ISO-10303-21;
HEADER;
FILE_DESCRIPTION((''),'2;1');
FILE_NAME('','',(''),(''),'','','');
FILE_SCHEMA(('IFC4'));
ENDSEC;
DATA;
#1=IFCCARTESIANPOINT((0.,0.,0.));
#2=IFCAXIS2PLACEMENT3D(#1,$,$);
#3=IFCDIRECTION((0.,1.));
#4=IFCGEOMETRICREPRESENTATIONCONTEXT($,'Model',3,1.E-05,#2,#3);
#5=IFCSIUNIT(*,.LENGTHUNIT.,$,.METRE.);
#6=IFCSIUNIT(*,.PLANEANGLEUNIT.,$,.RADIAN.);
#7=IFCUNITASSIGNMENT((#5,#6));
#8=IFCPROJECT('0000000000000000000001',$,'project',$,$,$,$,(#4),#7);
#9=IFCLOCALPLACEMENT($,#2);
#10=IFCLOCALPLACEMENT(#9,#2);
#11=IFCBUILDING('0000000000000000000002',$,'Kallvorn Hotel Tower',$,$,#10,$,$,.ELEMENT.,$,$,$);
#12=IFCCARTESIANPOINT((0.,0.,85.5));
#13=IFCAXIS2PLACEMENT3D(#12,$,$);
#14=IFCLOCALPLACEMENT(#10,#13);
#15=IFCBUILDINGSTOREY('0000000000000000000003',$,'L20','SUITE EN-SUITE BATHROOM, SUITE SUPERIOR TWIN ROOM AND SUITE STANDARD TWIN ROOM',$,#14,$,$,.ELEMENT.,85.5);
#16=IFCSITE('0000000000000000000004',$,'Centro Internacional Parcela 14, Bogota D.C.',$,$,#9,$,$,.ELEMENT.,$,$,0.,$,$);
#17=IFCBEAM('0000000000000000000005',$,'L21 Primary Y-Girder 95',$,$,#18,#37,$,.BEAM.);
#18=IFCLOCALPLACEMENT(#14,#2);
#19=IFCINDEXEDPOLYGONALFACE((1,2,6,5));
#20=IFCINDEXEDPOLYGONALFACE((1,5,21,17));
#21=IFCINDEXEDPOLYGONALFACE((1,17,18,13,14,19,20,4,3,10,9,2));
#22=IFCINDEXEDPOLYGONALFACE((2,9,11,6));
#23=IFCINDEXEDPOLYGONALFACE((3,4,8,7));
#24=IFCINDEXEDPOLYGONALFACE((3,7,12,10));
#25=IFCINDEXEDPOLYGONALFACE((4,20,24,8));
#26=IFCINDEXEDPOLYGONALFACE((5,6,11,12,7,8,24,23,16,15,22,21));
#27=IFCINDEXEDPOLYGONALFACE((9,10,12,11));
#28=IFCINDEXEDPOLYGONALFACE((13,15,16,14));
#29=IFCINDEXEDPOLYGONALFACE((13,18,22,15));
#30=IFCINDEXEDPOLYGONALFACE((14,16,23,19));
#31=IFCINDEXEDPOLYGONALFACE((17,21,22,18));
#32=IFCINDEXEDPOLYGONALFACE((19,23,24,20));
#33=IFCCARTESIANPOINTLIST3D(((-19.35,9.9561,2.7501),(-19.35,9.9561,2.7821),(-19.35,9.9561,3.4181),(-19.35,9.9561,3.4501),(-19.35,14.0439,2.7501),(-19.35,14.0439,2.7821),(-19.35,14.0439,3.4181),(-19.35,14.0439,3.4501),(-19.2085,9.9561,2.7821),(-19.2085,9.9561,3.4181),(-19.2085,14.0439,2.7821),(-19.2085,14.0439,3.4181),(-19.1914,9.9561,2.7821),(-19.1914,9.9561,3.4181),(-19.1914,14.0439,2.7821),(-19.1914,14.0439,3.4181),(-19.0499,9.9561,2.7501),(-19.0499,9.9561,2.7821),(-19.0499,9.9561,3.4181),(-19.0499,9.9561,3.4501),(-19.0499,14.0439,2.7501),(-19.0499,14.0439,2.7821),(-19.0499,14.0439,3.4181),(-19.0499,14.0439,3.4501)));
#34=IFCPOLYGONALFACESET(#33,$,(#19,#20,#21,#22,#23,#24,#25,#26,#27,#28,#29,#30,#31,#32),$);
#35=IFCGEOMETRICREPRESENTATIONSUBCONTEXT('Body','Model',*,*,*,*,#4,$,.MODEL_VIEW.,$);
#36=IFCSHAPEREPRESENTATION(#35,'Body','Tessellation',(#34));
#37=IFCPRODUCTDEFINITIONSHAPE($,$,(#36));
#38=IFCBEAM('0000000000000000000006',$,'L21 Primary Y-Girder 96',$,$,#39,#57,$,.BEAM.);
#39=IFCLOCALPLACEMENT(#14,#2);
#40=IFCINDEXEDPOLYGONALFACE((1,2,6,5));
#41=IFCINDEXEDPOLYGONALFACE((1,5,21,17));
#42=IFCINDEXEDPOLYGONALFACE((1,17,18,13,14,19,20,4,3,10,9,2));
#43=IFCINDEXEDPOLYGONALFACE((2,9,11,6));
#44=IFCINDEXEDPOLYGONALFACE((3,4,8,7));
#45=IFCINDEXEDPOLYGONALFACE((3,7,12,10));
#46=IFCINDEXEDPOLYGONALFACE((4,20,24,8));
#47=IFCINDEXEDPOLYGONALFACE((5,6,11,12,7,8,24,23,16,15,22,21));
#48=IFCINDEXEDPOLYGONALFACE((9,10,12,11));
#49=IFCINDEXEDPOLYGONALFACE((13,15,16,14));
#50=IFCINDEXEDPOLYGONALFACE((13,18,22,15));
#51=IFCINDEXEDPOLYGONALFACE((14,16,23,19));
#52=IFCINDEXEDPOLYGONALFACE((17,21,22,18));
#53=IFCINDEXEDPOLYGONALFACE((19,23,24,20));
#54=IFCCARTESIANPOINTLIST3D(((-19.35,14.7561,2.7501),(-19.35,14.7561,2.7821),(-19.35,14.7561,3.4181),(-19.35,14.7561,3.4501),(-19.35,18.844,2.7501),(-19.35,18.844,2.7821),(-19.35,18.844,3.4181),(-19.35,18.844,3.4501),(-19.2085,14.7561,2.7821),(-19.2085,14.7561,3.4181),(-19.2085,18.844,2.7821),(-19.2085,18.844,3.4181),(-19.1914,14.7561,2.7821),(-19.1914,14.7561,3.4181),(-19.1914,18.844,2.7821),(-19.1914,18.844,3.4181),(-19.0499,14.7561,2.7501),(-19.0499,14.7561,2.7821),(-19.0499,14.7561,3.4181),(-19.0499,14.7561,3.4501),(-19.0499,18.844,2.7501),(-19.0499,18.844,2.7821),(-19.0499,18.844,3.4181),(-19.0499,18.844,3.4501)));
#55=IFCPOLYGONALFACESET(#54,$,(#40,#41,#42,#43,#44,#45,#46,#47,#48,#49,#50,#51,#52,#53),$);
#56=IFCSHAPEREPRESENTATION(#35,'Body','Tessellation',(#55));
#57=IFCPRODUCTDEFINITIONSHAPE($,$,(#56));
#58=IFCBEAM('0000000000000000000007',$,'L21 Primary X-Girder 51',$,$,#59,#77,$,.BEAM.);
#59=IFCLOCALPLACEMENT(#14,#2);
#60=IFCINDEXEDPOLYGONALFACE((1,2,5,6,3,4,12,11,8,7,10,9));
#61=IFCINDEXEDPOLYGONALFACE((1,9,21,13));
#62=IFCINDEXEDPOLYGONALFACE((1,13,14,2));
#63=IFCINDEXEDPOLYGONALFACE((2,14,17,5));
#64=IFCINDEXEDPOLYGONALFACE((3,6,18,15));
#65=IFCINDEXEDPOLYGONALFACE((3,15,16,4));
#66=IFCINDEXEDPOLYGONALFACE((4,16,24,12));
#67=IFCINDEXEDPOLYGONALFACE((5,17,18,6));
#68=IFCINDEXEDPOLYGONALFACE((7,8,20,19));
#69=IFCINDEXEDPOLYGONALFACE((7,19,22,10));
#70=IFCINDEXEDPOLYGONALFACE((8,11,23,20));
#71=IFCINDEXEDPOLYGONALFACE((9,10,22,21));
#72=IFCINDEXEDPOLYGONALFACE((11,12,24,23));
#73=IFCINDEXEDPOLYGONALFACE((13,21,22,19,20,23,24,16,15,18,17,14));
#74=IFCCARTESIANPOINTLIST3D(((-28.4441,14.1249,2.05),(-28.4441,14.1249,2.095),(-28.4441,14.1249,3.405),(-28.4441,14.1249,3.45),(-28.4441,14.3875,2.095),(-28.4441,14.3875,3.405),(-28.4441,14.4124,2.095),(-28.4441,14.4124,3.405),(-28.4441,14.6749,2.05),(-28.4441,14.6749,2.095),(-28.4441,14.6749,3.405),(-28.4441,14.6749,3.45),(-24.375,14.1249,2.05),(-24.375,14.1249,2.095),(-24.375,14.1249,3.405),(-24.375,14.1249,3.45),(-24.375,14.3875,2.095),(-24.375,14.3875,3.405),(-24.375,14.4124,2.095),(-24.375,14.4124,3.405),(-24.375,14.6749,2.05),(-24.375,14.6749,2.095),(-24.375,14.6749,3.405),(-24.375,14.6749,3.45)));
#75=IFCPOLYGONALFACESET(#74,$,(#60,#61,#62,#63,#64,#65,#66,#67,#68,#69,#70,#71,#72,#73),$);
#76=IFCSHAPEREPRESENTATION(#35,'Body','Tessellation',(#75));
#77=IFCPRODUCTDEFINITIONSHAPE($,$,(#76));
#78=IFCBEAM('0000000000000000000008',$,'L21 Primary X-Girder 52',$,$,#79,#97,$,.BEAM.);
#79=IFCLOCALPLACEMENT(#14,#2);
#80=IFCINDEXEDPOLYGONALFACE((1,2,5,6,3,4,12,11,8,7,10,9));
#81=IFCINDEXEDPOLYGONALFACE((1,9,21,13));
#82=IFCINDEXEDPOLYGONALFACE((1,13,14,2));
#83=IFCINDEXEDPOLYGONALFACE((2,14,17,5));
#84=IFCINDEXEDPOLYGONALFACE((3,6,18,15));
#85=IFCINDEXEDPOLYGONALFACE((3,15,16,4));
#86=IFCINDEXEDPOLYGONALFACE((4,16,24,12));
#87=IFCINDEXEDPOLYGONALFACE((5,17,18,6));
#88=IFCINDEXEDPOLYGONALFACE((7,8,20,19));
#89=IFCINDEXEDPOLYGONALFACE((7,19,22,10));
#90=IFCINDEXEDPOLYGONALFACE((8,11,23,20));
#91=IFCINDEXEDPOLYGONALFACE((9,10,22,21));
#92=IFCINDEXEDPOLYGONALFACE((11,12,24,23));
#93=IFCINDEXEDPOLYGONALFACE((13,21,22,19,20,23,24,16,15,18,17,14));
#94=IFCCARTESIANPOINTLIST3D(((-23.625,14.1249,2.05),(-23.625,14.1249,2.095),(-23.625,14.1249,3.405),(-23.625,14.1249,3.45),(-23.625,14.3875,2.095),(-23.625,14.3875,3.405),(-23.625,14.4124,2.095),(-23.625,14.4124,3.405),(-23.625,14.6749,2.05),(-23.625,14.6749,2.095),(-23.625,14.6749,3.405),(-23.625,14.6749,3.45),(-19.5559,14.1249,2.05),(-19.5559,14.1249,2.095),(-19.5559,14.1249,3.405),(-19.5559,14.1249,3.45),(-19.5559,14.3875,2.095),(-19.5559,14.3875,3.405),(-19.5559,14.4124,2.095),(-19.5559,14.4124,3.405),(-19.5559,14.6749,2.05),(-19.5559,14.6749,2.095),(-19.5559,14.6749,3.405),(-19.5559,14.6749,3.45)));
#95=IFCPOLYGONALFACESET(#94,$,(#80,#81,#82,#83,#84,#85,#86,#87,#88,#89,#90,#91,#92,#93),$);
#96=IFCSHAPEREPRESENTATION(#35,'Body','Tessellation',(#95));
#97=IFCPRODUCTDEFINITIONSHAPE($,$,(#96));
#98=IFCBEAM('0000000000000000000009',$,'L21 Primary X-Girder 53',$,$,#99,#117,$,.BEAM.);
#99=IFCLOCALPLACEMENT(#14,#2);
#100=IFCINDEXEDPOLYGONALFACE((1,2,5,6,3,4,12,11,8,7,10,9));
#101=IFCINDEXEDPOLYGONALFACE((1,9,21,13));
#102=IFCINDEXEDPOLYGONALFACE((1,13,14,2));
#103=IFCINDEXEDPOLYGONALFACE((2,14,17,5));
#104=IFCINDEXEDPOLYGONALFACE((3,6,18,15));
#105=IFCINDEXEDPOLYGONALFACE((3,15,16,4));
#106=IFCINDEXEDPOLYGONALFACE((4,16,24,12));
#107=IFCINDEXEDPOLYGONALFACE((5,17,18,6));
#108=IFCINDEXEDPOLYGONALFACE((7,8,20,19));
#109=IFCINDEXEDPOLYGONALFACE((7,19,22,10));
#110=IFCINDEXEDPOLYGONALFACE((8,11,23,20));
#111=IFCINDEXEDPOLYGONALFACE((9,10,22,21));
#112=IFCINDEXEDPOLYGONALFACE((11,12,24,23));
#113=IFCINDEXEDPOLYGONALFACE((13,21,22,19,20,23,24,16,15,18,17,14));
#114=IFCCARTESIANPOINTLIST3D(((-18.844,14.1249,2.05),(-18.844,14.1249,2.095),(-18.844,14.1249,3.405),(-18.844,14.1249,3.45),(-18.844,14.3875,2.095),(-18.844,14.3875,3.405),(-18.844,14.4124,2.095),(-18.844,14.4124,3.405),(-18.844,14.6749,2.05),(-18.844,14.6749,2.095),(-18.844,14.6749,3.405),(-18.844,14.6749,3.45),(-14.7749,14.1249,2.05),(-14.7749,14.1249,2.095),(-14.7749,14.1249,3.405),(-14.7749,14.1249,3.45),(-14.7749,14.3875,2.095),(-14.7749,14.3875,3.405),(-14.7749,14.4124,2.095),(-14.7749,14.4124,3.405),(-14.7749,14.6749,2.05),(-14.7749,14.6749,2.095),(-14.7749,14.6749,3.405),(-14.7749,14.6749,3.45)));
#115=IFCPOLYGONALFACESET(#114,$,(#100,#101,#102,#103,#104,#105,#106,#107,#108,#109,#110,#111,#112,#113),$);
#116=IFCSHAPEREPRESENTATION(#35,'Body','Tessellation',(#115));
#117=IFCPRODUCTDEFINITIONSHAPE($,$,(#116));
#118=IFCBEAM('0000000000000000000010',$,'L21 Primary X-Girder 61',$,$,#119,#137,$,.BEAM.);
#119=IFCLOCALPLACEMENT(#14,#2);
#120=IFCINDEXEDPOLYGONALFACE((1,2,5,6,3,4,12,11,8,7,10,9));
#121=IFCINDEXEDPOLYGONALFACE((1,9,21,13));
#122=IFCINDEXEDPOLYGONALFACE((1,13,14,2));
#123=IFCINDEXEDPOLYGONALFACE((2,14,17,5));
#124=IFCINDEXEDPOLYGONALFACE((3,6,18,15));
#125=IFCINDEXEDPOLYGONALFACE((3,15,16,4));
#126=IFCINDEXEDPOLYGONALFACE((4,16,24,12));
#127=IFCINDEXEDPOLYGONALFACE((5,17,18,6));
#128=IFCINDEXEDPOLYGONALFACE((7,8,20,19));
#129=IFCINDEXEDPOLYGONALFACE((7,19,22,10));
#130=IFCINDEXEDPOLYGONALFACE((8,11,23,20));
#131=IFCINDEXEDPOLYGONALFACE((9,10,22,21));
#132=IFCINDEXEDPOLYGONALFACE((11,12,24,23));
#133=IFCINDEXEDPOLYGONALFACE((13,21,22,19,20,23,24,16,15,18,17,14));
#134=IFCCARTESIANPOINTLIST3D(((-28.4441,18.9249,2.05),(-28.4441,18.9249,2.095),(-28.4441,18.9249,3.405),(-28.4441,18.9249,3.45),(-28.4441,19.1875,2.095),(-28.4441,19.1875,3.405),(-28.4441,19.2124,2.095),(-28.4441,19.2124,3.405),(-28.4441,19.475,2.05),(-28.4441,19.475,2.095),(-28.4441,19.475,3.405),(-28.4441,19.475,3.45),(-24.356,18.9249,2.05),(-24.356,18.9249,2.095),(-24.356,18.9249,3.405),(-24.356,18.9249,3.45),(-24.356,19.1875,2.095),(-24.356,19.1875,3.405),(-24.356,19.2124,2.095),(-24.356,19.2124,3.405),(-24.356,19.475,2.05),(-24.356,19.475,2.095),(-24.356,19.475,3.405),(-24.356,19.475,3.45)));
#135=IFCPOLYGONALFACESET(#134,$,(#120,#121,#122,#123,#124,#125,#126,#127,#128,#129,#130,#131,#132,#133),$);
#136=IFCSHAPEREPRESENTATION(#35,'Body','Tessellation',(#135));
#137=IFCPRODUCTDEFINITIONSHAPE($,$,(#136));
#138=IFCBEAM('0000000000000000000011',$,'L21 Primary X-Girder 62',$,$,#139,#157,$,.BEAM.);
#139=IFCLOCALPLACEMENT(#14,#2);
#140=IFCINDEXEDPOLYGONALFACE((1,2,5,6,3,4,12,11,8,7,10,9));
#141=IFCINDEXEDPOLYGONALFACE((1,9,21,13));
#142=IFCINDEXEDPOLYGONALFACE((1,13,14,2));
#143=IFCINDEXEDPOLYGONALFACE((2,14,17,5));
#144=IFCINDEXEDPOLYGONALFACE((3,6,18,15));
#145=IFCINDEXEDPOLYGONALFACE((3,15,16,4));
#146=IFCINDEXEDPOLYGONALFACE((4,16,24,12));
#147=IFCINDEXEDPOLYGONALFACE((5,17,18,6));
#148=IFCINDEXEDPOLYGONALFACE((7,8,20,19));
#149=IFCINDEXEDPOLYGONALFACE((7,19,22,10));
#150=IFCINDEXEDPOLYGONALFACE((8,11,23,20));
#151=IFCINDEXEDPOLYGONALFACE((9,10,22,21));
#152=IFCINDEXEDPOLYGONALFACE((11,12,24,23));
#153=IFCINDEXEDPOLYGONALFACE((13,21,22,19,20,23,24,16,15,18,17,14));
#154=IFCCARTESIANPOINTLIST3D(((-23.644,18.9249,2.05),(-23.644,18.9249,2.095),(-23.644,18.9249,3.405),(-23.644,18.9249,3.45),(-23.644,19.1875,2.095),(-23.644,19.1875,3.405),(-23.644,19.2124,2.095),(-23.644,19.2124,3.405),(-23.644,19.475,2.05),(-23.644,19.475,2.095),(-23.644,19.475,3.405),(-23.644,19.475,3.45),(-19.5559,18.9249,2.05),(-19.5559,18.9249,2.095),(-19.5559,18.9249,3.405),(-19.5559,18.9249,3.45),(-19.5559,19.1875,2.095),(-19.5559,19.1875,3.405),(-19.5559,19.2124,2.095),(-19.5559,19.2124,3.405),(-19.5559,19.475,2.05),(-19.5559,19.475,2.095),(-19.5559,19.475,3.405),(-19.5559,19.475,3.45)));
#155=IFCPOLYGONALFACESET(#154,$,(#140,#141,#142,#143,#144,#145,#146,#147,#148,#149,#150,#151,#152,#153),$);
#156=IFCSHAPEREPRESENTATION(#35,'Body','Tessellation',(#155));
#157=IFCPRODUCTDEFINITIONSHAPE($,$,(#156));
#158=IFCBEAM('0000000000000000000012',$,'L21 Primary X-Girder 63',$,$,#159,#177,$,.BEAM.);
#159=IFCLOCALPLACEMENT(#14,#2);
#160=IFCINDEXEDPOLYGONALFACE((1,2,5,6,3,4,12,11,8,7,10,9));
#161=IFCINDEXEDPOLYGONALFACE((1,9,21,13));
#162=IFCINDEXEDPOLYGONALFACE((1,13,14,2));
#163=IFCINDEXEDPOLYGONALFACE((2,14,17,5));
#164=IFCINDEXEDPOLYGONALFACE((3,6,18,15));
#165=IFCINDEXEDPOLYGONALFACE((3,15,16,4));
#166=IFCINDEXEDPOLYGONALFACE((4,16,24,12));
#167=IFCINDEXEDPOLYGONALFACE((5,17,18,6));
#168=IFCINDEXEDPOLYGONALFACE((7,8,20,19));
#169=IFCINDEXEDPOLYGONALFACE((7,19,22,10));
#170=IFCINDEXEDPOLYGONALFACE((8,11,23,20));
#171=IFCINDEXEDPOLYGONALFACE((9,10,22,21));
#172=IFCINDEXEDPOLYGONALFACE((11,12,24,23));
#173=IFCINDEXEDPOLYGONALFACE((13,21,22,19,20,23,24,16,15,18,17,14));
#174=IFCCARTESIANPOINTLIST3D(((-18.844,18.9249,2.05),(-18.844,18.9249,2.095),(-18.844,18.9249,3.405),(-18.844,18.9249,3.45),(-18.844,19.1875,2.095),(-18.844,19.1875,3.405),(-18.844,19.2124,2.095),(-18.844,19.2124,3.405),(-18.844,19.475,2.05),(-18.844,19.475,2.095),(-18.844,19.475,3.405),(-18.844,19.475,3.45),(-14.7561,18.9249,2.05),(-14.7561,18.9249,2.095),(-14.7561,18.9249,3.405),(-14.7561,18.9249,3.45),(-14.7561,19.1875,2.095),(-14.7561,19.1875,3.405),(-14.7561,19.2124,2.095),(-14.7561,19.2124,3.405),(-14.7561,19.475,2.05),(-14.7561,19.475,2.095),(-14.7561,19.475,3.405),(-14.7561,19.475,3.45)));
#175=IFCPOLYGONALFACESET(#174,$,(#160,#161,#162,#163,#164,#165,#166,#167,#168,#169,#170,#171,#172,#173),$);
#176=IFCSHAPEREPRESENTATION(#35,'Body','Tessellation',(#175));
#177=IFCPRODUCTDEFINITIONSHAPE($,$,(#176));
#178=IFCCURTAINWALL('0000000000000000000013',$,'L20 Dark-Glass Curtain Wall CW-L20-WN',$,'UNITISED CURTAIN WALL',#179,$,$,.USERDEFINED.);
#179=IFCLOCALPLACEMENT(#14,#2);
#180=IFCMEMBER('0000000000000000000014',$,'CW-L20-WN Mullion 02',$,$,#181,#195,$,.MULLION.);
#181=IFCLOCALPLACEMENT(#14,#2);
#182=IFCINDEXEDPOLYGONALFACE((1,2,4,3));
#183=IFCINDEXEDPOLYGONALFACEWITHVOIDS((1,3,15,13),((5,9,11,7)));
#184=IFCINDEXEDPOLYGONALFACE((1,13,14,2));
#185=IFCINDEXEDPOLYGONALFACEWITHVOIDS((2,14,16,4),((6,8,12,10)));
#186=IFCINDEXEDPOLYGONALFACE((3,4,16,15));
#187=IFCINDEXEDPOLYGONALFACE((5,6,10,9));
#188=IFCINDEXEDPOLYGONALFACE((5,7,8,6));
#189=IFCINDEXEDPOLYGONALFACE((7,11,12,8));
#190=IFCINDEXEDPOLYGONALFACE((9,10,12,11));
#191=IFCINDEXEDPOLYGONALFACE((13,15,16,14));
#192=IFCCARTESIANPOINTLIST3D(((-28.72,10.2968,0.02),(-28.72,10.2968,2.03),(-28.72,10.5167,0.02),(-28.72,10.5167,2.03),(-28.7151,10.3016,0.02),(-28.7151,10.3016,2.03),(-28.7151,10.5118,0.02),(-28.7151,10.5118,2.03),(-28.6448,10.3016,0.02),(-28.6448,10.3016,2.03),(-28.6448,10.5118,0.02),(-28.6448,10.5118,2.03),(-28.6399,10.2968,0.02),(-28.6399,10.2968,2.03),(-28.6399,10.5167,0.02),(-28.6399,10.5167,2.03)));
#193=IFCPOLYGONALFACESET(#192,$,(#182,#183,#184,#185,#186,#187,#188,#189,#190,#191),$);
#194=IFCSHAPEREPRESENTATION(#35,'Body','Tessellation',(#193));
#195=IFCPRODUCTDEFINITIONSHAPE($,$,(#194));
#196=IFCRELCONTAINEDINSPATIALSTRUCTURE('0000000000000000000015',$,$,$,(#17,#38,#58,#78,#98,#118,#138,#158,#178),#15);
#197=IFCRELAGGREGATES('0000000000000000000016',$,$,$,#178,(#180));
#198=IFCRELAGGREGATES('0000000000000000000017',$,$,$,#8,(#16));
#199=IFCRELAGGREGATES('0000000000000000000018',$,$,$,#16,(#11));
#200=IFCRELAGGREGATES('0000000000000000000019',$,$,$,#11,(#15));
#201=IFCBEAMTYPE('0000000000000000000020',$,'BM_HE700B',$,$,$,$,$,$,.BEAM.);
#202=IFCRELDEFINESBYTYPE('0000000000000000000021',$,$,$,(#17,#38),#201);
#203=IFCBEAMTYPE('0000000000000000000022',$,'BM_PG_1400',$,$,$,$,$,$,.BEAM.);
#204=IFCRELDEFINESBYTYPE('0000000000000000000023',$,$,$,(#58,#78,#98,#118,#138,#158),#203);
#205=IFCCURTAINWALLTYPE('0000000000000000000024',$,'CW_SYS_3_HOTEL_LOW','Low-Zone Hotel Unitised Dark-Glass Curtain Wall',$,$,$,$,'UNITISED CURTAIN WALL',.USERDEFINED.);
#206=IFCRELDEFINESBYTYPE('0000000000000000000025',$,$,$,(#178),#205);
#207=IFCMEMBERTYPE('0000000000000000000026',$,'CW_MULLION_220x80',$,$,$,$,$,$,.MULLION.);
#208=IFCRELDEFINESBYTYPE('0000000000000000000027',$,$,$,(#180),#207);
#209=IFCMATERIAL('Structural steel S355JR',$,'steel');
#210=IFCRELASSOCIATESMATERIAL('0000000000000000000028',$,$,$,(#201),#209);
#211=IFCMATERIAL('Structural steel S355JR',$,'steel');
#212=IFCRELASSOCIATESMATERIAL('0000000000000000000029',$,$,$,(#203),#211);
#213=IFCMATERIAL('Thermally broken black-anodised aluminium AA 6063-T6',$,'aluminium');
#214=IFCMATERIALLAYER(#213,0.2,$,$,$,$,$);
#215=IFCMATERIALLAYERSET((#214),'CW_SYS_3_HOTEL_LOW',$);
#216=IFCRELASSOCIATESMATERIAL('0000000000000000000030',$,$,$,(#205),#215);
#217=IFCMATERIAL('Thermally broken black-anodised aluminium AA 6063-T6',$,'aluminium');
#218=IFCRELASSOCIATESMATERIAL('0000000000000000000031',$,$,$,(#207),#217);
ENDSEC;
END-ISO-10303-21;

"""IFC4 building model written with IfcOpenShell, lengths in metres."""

from ifc_helpers import new_model, si_unit, direction, frame, origin, origin_2d, place, context, subcontext, project, spatial, hollow_rectangle, i_section, extrude, material, layer, layer_set, material_profile, profile_set, type_object, element, aggregate, save


model = new_model("IFC4")

# Units and contexts
model_context = context("Model", 3, precision=1e-05, world=origin(), true_north=direction((0.0, 1.0)))
body_context = subcontext(model_context, "Body", "Model", "MODEL_VIEW")
ifc_project = project(units=[si_unit("LENGTHUNIT", "METRE"), si_unit("PLANEANGLEUNIT", "RADIAN")], contexts=[model_context])

# Site, building, storey
site_placement = place(None, origin())
site = spatial("IfcSite", under=ifc_project, at=site_placement, Name="Centro Internacional Parcela 14, Bogota D.C.", CompositionType="ELEMENT", RefElevation=0.0)
building_placement = place(site_placement, origin())
building = spatial("IfcBuilding", under=site, at=building_placement, Name="Kallvorn Hotel Tower", CompositionType="ELEMENT")
storey_placement = place(building_placement, frame((0.0, 0.0, 85.5)))
storey = spatial("IfcBuildingStorey", under=building, at=storey_placement, Name="L20", Description="SUITE EN-SUITE BATHROOM, SUITE SUPERIOR TWIN ROOM AND SUITE STANDARD TWIN ROOM", CompositionType="ELEMENT", Elevation=85.5)

# Beams
ifc_material_1 = material(Name="Structural steel S355JR", Category="steel")
ifc_material_profile_1 = material_profile(ifc_material_1, i_section(OverallWidth=0.3, OverallDepth=0.7, WebThickness=0.0171, FlangeThickness=0.032, at=origin_2d()), Name="HE 700 B")
ifc_profile_set_1 = profile_set([ifc_material_profile_1], Name="Structural steel S355JR")
beam_type_1 = type_object("IfcBeamType", Name="BM_HE700B", PredefinedType="BEAM", material=ifc_profile_set_1)
for number, where, z_axis, x_axis, name in (
    (1, (-19.2, 9.9561, 3.1001), (0.0, 1.0, 0.0), (-1.0, 0.0, 0.0), "L21 Primary Y-Girder 95"),
    (2, (-19.2, 14.7561, 3.1001), (0.0, 1.0, 0.0), (-1.0, 0.0, 0.0), "L21 Primary Y-Girder 96"),
):
    element("IfcBeam", number, at=place(storey_placement, frame(where, z_axis=z_axis, x_axis=x_axis)), inside=storey, type_object=beam_type_1, Name=name, PredefinedType="BEAM", context=body_context, shape_type="SweptSolid", body=[
        extrude(i_section(OverallWidth=0.3, OverallDepth=0.7, WebThickness=0.0171, FlangeThickness=0.032, at=origin_2d()), origin(), (0.0, 0.0, 1.0), 4.0879),
    ])
ifc_material_2 = material(Name="Structural steel S355JR", Category="steel")
ifc_material_profile_2 = material_profile(ifc_material_2, i_section(OverallWidth=0.55, OverallDepth=1.3999, WebThickness=0.0249, FlangeThickness=0.0449, at=origin_2d()), Name="PG 1400x550x25x45")
ifc_profile_set_2 = profile_set([ifc_material_profile_2], Name="Structural steel S355JR")
beam_type_2 = type_object("IfcBeamType", Name="BM_PG_1400", PredefinedType="BEAM", material=ifc_profile_set_2)
for number, where, z_axis, x_axis, name in (
    (3, (-28.4441, 14.3999, 2.75), (1.0, 0.0, 0.0), (0.0, 1.0, 0.0), "L21 Primary X-Girder 51"),
    (4, (-23.625, 14.3999, 2.75), (1.0, 0.0, 0.0), (0.0, 1.0, 0.0), "L21 Primary X-Girder 52"),
    (5, (-18.844, 14.3999, 2.75), (1.0, 0.0, 0.0), (0.0, 1.0, 0.0), "L21 Primary X-Girder 53"),
):
    element("IfcBeam", number, at=place(storey_placement, frame(where, z_axis=z_axis, x_axis=x_axis)), inside=storey, type_object=beam_type_2, Name=name, PredefinedType="BEAM", context=body_context, shape_type="SweptSolid", body=[
        extrude(i_section(OverallWidth=0.55, OverallDepth=1.3999, WebThickness=0.0249, FlangeThickness=0.0449, at=origin_2d()), origin(), (0.0, 0.0, 1.0), 4.0691),
    ])
for number, where, z_axis, x_axis, name in (
    (6, (-28.4441, 19.2, 2.75), (1.0, 0.0, 0.0), (0.0, 1.0, 0.0), "L21 Primary X-Girder 61"),
    (7, (-23.644, 19.2, 2.75), (1.0, 0.0, 0.0), (0.0, 1.0, 0.0), "L21 Primary X-Girder 62"),
):
    element("IfcBeam", number, at=place(storey_placement, frame(where, z_axis=z_axis, x_axis=x_axis)), inside=storey, type_object=beam_type_2, Name=name, PredefinedType="BEAM", context=body_context, shape_type="SweptSolid", body=[
        extrude(i_section(OverallWidth=0.55, OverallDepth=1.3999, WebThickness=0.0249, FlangeThickness=0.0449, at=origin_2d()), origin(), (0.0, 0.0, 1.0), 4.0881),
    ])
beam_1_placement = place(storey_placement, frame((-18.844, 19.2, 2.75), z_axis=(1.0, 0.0, 0.0), x_axis=(0.0, 1.0, 0.0)))
element("IfcBeam", 8, at=beam_1_placement, inside=storey, type_object=beam_type_2, Name="L21 Primary X-Girder 63", PredefinedType="BEAM", context=body_context, shape_type="SweptSolid", body=[
    extrude(i_section(OverallWidth=0.55, OverallDepth=1.3999, WebThickness=0.0249, FlangeThickness=0.0449, at=origin_2d()), origin(), (0.0, 0.0, 1.0), 4.0879),
])

# Curtain wall, member
ifc_material_3 = material(Name="Thermally broken black-anodised aluminium AA 6063-T6", Category="aluminium")
ifc_layer_1 = layer(ifc_material_3, 0.2)
ifc_layer_set_1 = layer_set([ifc_layer_1], Name="CW_SYS_3_HOTEL_LOW")
curtain_wall_type = type_object("IfcCurtainWallType", Name="CW_SYS_3_HOTEL_LOW", Description="Low-Zone Hotel Unitised Dark-Glass Curtain Wall", ElementType="UNITISED CURTAIN WALL", PredefinedType="USERDEFINED", material=ifc_layer_set_1)
curtain_wall_placement = place(storey_placement, origin())
curtain_wall = element("IfcCurtainWall", 9, at=curtain_wall_placement, inside=storey, type_object=curtain_wall_type, Name="L20 Dark-Glass Curtain Wall CW-L20-WN", ObjectType="UNITISED CURTAIN WALL", PredefinedType="USERDEFINED")
ifc_material_4 = material(Name="Thermally broken black-anodised aluminium AA 6063-T6", Category="aluminium")
ifc_material_profile_3 = material_profile(ifc_material_4, hollow_rectangle(XDim=0.0801, YDim=0.22, WallThickness=0.0049, at=origin_2d()), Name="MUL 220x80")
ifc_profile_set_3 = profile_set([ifc_material_profile_3], Name="Thermally broken black-anodised aluminium AA 6063-T6")
member_type_1 = type_object("IfcMemberType", Name="CW_MULLION_220x80", PredefinedType="MULLION", material=ifc_profile_set_3)
member_1_placement = place(storey_placement, frame((-28.6799, 10.4067, 0.02), z_axis=(0.0, 0.0, 1.0), x_axis=(1.0, 0.0, 0.0)))
member_1 = element("IfcMember", 10, at=member_1_placement, type_object=member_type_1, Name="CW-L20-WN Mullion 02", PredefinedType="MULLION", context=body_context, shape_type="SweptSolid", body=[
    extrude(hollow_rectangle(XDim=0.0801, YDim=0.22, WallThickness=0.0049, at=origin_2d()), origin(), (0.0, 0.0, 1.0), 2.01),
])

aggregate(curtain_wall, [member_1])

save(model, "model.ifc")
